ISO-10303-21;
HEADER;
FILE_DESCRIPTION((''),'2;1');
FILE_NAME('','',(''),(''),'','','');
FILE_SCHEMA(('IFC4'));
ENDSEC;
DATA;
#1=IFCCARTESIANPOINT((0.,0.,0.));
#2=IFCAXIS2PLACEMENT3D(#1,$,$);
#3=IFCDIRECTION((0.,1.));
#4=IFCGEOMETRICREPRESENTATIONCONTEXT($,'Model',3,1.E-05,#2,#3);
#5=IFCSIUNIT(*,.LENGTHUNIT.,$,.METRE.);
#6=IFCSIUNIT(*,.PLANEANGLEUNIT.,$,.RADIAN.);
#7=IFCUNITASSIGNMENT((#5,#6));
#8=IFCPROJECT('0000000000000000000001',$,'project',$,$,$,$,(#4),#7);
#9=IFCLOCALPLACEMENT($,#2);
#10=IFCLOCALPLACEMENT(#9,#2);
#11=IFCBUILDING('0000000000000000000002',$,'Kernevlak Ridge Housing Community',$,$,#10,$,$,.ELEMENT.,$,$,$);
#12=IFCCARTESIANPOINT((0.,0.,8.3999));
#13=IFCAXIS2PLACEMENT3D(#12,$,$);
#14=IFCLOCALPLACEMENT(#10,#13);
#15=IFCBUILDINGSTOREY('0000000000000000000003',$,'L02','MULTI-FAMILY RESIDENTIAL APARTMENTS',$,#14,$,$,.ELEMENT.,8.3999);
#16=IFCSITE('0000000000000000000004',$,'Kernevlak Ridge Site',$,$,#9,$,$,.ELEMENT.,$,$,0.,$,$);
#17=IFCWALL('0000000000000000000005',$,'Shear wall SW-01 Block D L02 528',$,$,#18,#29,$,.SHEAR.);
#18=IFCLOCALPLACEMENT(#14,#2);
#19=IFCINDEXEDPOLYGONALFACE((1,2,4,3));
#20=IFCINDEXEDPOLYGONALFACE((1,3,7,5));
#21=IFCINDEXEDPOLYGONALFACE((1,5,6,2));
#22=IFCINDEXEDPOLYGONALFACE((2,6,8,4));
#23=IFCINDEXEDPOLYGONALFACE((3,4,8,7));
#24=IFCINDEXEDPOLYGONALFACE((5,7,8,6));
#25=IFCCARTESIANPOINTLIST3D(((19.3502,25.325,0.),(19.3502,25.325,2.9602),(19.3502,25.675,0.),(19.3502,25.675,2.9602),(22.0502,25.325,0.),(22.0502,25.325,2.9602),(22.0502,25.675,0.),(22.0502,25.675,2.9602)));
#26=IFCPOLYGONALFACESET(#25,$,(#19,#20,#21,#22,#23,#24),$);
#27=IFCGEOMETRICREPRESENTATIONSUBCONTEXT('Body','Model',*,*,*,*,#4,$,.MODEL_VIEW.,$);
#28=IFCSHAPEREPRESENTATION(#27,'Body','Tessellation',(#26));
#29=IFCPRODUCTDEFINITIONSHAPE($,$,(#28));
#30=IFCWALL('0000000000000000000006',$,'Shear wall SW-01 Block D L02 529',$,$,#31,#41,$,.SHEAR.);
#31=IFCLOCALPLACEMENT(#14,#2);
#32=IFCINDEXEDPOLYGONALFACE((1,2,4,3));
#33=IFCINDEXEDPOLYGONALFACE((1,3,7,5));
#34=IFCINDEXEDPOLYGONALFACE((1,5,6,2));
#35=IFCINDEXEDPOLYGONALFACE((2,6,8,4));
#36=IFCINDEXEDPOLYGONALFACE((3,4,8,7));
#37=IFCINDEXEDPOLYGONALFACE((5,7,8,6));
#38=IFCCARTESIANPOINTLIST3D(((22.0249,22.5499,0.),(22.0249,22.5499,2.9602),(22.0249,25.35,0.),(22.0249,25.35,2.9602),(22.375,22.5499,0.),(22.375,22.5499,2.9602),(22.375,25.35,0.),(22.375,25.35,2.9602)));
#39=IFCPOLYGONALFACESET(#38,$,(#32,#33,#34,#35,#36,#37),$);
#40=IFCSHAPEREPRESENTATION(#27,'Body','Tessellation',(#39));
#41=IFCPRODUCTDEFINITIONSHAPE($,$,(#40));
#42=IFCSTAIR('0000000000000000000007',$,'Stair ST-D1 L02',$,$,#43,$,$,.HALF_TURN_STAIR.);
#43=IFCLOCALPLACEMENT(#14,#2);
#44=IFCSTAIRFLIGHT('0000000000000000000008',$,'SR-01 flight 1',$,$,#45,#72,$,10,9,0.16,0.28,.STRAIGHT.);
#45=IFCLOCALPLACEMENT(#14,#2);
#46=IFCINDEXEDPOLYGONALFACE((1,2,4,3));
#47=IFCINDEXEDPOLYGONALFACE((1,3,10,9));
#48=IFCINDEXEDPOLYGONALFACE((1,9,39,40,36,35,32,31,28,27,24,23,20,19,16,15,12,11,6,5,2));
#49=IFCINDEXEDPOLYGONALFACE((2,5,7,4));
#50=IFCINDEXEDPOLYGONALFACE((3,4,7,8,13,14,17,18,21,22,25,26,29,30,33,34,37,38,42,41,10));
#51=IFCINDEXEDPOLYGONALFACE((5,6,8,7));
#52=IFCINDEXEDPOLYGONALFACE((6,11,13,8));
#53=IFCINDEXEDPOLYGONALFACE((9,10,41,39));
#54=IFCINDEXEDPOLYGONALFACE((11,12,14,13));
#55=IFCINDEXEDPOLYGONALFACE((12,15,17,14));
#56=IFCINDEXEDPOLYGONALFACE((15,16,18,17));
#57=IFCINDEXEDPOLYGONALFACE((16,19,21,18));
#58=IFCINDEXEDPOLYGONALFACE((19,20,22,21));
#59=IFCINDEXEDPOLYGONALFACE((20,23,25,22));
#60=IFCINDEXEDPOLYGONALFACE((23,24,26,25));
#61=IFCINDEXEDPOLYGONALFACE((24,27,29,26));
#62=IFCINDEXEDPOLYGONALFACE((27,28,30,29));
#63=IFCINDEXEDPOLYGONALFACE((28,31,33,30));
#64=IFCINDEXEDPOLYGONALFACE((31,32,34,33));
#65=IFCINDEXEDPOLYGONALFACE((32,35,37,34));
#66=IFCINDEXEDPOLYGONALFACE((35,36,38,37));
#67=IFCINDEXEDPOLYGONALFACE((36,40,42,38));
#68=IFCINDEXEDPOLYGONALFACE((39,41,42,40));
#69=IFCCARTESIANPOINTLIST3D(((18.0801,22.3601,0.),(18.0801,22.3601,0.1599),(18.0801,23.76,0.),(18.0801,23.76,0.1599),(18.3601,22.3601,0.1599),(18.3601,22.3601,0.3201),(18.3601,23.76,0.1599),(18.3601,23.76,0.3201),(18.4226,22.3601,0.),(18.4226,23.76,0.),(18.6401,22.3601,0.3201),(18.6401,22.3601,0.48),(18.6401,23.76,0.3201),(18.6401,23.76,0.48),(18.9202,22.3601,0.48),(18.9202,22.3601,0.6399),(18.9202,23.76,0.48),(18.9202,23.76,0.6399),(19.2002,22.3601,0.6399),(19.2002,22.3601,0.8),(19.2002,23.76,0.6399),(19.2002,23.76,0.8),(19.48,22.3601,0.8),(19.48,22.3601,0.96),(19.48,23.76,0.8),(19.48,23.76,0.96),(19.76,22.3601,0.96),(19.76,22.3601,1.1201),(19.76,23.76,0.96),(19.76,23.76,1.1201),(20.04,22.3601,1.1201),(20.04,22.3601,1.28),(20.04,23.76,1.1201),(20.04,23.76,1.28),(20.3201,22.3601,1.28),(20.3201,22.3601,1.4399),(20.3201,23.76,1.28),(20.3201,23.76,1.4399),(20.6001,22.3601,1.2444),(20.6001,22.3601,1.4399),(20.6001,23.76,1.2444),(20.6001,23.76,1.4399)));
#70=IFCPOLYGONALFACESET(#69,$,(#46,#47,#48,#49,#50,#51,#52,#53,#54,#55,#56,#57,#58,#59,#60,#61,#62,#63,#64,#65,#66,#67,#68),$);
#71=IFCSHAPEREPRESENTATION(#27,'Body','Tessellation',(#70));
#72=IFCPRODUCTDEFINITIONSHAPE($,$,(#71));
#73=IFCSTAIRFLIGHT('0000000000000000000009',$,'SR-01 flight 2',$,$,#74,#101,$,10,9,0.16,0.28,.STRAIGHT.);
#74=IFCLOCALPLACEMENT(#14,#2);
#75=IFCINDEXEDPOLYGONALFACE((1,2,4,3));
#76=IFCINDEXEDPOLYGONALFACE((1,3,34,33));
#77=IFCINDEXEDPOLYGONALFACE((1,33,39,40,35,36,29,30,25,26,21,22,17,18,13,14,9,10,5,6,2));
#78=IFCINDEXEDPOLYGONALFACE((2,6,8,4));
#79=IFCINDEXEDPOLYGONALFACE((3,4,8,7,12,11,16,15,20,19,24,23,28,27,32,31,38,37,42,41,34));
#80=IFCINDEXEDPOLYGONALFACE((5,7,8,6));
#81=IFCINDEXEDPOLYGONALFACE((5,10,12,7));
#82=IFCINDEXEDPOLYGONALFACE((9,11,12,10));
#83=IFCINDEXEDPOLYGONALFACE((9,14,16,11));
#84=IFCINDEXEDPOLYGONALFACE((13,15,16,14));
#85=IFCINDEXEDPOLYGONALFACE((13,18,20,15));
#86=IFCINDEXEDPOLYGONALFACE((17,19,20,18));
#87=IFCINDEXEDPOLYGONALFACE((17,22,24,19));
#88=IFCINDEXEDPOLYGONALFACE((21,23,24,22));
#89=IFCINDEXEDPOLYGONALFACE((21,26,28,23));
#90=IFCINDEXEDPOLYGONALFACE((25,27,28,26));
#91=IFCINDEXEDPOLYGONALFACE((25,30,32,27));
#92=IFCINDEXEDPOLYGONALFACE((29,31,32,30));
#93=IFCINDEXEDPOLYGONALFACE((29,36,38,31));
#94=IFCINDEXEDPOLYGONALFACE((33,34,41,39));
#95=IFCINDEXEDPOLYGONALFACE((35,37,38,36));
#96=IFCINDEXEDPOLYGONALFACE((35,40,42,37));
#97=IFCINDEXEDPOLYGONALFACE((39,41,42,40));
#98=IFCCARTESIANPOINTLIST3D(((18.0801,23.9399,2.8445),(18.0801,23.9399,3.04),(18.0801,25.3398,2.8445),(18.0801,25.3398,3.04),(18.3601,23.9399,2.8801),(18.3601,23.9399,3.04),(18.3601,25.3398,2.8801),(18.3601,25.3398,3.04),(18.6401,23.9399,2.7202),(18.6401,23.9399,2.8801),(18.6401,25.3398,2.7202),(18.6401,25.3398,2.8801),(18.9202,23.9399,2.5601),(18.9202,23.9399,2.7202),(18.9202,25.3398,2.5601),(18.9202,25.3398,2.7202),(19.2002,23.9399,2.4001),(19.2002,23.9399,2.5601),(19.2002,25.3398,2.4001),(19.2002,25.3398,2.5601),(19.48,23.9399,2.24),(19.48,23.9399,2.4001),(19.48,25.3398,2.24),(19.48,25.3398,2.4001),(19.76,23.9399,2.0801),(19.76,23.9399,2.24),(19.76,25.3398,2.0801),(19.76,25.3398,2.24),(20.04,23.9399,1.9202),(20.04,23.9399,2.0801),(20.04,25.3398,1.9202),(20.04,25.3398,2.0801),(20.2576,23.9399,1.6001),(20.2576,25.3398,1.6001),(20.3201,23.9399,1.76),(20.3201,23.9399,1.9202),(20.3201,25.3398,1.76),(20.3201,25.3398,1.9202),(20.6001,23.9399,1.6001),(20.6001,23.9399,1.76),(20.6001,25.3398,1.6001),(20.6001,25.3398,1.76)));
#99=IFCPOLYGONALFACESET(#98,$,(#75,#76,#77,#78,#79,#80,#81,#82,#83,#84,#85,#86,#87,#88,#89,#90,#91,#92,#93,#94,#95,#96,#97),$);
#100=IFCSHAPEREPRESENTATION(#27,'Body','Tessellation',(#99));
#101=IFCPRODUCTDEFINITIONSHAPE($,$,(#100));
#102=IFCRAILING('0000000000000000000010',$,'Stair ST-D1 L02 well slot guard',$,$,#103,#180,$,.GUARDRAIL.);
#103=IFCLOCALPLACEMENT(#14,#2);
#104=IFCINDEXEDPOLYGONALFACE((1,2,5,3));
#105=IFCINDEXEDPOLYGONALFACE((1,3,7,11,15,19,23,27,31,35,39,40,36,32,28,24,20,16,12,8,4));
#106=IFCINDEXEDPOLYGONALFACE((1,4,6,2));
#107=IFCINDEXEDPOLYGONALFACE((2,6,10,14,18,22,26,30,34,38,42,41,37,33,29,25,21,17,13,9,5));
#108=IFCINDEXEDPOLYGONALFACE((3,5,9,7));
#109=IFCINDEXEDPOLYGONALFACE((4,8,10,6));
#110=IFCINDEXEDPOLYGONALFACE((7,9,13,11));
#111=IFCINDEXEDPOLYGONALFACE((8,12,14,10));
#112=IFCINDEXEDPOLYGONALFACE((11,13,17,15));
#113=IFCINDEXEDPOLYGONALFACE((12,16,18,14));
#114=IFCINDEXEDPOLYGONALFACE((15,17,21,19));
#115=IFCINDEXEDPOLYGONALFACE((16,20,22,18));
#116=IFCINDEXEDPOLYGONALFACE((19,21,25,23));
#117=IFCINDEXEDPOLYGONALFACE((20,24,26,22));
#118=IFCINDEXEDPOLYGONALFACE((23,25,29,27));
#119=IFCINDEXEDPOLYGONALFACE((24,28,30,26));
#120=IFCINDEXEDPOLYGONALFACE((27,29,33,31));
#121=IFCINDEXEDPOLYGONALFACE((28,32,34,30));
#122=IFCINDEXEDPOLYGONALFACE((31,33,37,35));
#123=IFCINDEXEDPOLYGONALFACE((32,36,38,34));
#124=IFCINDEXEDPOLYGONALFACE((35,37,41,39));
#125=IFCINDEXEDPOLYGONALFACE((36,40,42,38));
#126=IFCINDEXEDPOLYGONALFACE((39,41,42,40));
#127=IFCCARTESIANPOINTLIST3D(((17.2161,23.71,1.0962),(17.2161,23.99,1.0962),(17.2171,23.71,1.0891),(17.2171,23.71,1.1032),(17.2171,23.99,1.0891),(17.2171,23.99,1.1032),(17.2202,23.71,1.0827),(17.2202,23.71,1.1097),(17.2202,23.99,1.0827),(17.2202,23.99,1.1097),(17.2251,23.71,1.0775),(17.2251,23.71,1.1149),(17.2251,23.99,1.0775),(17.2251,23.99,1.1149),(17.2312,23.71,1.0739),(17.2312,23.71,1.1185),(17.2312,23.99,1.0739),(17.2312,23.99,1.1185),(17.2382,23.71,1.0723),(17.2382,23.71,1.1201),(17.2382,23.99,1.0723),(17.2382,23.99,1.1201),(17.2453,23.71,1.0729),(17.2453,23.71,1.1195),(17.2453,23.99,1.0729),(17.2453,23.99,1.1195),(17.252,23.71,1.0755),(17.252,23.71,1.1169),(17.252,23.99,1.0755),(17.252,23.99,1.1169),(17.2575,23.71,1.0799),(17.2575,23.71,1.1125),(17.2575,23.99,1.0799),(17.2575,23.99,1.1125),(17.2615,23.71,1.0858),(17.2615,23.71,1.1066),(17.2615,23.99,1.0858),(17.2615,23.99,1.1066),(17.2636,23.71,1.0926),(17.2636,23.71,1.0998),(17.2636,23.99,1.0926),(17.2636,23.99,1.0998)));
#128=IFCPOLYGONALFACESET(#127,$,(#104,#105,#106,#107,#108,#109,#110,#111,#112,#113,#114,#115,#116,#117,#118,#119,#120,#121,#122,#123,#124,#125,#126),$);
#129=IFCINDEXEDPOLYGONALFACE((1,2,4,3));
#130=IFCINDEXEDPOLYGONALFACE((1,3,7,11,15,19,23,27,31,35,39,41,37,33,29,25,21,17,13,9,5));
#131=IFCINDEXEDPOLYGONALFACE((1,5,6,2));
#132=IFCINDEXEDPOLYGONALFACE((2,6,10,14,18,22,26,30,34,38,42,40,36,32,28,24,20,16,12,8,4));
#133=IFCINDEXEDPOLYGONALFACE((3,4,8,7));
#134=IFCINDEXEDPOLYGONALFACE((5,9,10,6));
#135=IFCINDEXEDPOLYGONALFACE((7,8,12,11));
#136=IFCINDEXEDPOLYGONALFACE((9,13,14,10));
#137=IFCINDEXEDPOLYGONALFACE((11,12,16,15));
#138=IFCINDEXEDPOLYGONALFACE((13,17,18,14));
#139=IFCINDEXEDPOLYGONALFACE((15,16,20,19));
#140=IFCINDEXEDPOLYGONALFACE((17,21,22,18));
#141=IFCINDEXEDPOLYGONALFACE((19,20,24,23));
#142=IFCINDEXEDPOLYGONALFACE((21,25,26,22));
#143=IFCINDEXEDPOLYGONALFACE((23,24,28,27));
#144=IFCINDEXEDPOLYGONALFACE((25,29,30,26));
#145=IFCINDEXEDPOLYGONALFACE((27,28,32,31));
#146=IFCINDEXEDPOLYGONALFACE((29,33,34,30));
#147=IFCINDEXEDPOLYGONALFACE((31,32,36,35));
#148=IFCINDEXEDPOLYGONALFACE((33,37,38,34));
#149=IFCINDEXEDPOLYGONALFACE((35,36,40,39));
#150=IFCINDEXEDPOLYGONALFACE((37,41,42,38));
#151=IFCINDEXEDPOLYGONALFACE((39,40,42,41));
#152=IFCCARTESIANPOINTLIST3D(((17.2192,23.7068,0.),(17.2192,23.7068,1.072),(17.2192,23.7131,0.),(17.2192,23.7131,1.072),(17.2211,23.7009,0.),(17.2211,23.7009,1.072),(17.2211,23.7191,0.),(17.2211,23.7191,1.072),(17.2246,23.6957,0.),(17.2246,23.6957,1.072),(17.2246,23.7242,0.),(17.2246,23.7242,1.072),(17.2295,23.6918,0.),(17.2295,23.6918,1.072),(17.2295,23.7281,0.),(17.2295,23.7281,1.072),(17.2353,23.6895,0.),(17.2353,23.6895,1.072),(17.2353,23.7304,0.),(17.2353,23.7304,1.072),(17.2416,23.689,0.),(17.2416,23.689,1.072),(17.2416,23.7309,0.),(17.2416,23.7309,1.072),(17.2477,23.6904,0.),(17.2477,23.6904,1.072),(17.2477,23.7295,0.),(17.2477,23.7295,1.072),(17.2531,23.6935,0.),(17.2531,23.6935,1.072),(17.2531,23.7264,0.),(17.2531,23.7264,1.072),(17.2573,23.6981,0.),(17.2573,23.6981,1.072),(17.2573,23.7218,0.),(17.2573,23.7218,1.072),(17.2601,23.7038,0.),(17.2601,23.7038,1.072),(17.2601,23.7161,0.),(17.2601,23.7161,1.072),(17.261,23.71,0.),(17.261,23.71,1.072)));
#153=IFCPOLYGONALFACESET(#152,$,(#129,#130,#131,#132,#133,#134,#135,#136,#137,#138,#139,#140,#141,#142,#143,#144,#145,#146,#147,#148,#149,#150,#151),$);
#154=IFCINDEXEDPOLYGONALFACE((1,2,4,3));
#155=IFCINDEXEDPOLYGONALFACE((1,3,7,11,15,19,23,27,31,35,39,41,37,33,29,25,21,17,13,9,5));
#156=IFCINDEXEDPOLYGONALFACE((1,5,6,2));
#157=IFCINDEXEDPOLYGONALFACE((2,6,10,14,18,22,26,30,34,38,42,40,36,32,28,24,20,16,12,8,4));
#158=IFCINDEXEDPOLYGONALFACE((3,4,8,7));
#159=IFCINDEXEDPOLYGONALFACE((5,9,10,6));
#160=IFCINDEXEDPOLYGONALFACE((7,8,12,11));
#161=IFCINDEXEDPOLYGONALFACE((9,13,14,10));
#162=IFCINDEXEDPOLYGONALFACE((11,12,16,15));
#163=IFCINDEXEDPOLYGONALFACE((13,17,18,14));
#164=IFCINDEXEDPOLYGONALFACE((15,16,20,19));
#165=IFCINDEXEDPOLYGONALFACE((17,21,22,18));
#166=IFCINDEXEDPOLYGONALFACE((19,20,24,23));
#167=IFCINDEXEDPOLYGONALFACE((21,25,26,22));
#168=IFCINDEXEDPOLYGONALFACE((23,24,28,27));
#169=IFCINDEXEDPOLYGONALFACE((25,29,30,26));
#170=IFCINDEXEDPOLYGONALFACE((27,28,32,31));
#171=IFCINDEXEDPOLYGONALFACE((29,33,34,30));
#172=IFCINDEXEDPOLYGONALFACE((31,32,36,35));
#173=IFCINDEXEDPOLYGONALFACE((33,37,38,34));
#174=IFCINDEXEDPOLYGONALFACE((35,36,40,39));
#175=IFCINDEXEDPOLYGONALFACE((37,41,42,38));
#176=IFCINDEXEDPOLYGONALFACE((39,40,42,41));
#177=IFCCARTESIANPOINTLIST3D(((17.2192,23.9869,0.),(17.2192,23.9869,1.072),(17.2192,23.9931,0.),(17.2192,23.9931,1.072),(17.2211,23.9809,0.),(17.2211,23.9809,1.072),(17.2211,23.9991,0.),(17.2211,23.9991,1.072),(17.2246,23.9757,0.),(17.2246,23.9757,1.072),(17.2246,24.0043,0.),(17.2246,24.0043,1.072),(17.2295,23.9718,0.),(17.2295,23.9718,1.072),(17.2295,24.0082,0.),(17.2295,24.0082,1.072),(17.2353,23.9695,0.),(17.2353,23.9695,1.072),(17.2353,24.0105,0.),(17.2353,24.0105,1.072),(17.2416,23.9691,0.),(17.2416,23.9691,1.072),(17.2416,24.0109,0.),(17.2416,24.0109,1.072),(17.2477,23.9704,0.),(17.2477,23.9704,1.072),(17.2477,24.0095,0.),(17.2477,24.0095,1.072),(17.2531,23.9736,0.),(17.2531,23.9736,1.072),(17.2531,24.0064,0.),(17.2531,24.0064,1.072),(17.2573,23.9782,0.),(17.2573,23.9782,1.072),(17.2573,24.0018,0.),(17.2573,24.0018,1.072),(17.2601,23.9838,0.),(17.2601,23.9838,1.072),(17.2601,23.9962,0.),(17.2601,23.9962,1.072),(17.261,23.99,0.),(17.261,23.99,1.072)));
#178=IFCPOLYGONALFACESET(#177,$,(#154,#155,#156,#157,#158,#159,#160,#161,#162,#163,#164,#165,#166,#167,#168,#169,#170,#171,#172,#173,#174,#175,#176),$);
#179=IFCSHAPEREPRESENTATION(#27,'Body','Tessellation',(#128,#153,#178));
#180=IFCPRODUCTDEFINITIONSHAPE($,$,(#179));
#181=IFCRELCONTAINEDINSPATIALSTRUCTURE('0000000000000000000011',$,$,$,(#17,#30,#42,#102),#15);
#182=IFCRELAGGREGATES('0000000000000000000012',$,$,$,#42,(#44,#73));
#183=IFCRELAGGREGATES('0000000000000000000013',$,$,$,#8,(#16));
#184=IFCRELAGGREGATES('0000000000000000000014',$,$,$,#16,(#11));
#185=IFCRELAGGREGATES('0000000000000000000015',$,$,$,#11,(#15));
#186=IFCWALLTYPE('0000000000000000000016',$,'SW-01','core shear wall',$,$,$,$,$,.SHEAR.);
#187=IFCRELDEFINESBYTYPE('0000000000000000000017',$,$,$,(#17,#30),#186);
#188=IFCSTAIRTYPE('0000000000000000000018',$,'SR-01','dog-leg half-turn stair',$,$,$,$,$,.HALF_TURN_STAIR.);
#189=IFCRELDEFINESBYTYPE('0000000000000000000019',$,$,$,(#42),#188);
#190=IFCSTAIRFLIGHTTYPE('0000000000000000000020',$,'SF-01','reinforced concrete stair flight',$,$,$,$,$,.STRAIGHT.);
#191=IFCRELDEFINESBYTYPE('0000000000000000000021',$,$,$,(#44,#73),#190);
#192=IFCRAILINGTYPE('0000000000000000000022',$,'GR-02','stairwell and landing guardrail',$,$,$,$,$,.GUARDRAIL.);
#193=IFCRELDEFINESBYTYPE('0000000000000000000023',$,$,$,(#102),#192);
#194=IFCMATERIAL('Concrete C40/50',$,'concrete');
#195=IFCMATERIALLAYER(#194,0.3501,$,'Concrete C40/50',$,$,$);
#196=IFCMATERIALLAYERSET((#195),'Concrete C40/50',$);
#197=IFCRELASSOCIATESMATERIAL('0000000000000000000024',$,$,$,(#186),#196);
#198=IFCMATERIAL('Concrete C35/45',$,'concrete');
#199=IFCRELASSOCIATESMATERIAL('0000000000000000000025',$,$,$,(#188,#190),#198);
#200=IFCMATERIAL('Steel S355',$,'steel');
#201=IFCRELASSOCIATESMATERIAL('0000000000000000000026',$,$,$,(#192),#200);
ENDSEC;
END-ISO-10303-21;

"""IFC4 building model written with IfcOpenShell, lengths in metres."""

from ifc_helpers import new_model, si_unit, direction, frame, frame_2d, origin, origin_2d, place, context, subcontext, project, spatial, polyline, rectangle, circle, outline, extrude, material, layer, layer_set, type_object, element, aggregate, save


model = new_model("IFC4")

# Units and contexts
model_context = context("Model", 3, precision=1e-05, world=origin(), true_north=direction((0.0, 1.0)))
body_context = subcontext(model_context, "Body", "Model", "MODEL_VIEW")
ifc_project = project(units=[si_unit("LENGTHUNIT", "METRE"), si_unit("PLANEANGLEUNIT", "RADIAN")], contexts=[model_context])

# Site, building, storey
site_placement = place(None, origin())
site = spatial("IfcSite", under=ifc_project, at=site_placement, Name="Kernevlak Ridge Site", CompositionType="ELEMENT", RefElevation=0.0)
building_placement = place(site_placement, origin())
building = spatial("IfcBuilding", under=site, at=building_placement, Name="Kernevlak Ridge Housing Community", CompositionType="ELEMENT")
storey_placement = place(building_placement, frame((0.0, 0.0, 8.3999)))
storey = spatial("IfcBuildingStorey", under=building, at=storey_placement, Name="L02", Description="MULTI-FAMILY RESIDENTIAL APARTMENTS", CompositionType="ELEMENT", Elevation=8.3999)

# Shared definitions
ifc_material_1 = material(Name="Concrete C35/45", Category="concrete")

# Walls
ifc_material_2 = material(Name="Concrete C40/50", Category="concrete")
ifc_layer_1 = layer(ifc_material_2, 0.3501, Name="Concrete C40/50")
ifc_layer_set_1 = layer_set([ifc_layer_1], Name="Concrete C40/50")
wall_type_1 = type_object("IfcWallType", Name="SW-01", Description="core shear wall", PredefinedType="SHEAR", material=ifc_layer_set_1)
wall_1_placement = place(storey_placement, frame((19.3501, 25.5, 0.0), z_axis=(0.0, 0.0, 1.0), x_axis=(1.0, 0.0, 0.0)))
element("IfcWall", 1, at=wall_1_placement, inside=storey, type_object=wall_type_1, Name="Shear wall SW-01 Block D L02 528", PredefinedType="SHEAR", context=body_context, shape_type="SweptSolid", body=[
    extrude(rectangle(XDim=2.7, YDim=0.3501, at=frame_2d((1.3501, 0.0))), origin(), (0.0, 0.0, 1.0), 2.9602),
])
wall_2_placement = place(storey_placement, frame((22.2, 22.55, 0.0), z_axis=(0.0, 0.0, 1.0), x_axis=(0.0, 1.0, 0.0)))
element("IfcWall", 2, at=wall_2_placement, inside=storey, type_object=wall_type_1, Name="Shear wall SW-01 Block D L02 529", PredefinedType="SHEAR", context=body_context, shape_type="SweptSolid", body=[
    extrude(rectangle(XDim=2.8, YDim=0.3501, at=frame_2d((1.3999, 0.0))), origin(), (0.0, 0.0, 1.0), 2.9602),
])

# Stair, stair flights
stair_type = type_object("IfcStairType", Name="SR-01", Description="dog-leg half-turn stair", PredefinedType="HALF_TURN_STAIR", material=ifc_material_1)
stair_placement = place(storey_placement, origin())
stair = element("IfcStair", 3, at=stair_placement, inside=storey, type_object=stair_type, Name="Stair ST-D1 L02", PredefinedType="HALF_TURN_STAIR")
stair_flight_type = type_object("IfcStairFlightType", Name="SF-01", Description="reinforced concrete stair flight", PredefinedType="STRAIGHT", material=ifc_material_1)
stair_flight_1_placement = place(storey_placement, frame((18.0801, 23.0601, 0.0), z_axis=(0.0, 0.0, 1.0), x_axis=(1.0, 0.0, 0.0)))
stair_flight_1 = element("IfcStairFlight", 4, at=stair_flight_1_placement, type_object=stair_flight_type, Name="SR-01 flight 1", NumberOfRisers=10, NumberOfTreads=9, PredefinedType="STRAIGHT", RiserHeight=0.16, TreadLength=0.28, context=body_context, shape_type="SweptSolid", body=[
    extrude(outline(polyline([(0.0, 0.0), (0.0, 0.1599), (0.28, 0.1599), (0.28, 0.3201), (0.5601, 0.3201), (0.5601, 0.48), (0.8401, 0.48), (0.8401, 0.6399), (1.1201, 0.6399), (1.1201, 0.8), (1.3999, 0.8), (1.3999, 0.96), (1.6799, 0.96), (1.6799, 1.1201), (1.96, 1.1201), (1.96, 1.28), (2.24, 1.28), (2.24, 1.4399), (2.52, 1.4399), (2.52, 1.6001), (2.52, 1.2444), (0.3425, 0.0), (0.0, 0.0)])), frame((0.0, 0.7, 0.0), z_axis=(0.0, -1.0, 0.0), x_axis=(1.0, 0.0, 0.0)), (0.0, 0.0, 1.0), 1.3999),
])
stair_flight_2_placement = place(storey_placement, frame((20.6001, 24.6399, 1.6001), z_axis=(0.0, 0.0, 1.0), x_axis=(-1.0, 0.0, 0.0)))
stair_flight_2 = element("IfcStairFlight", 5, at=stair_flight_2_placement, type_object=stair_flight_type, Name="SR-01 flight 2", NumberOfRisers=10, NumberOfTreads=9, PredefinedType="STRAIGHT", RiserHeight=0.16, TreadLength=0.28, context=body_context, shape_type="SweptSolid", body=[
    extrude(outline(polyline([(0.0, 0.0), (0.0, 0.1599), (0.28, 0.1599), (0.28, 0.3201), (0.5601, 0.3201), (0.5601, 0.48), (0.8401, 0.48), (0.8401, 0.6399), (1.1201, 0.6399), (1.1201, 0.8), (1.3999, 0.8), (1.3999, 0.96), (1.6799, 0.96), (1.6799, 1.1201), (1.96, 1.1201), (1.96, 1.28), (2.24, 1.28), (2.24, 1.4399), (2.52, 1.4399), (2.52, 1.6001), (2.52, 1.2444), (0.3425, 0.0), (0.0, 0.0)])), frame((0.0, 0.7, 0.0), z_axis=(0.0, -1.0, 0.0), x_axis=(1.0, 0.0, 0.0)), (0.0, 0.0, 1.0), 1.3999),
])
aggregate(stair, [stair_flight_1, stair_flight_2])

# Railing
ifc_material_3 = material(Name="Steel S355", Category="steel")
railing_type_1 = type_object("IfcRailingType", Name="GR-02", Description="stairwell and landing guardrail", PredefinedType="GUARDRAIL", material=ifc_material_3)
railing_1_placement = place(storey_placement, frame((17.24, 23.71, 0.0)))
element("IfcRailing", 6, at=railing_1_placement, inside=storey, type_object=railing_type_1, Name="Stair ST-D1 L02 well slot guard", PredefinedType="GUARDRAIL", context=body_context, shape_type="SweptSolid", body=[
    extrude(circle(Radius=0.0239, at=origin_2d()), frame((0.0, 0.0, 1.0962), z_axis=(0.0, 1.0, 0.0), x_axis=(-1.0, 0.0, 0.0)), (0.0, 0.0, 1.0), 0.28),
    extrude(circle(Radius=0.021, at=origin_2d()), origin(), (0.0, 0.0, 1.0), 1.072),
    extrude(circle(Radius=0.021, at=origin_2d()), frame((0.0, 0.28, 0.0)), (0.0, 0.0, 1.0), 1.072),
])

save(model, "model.ifc")
